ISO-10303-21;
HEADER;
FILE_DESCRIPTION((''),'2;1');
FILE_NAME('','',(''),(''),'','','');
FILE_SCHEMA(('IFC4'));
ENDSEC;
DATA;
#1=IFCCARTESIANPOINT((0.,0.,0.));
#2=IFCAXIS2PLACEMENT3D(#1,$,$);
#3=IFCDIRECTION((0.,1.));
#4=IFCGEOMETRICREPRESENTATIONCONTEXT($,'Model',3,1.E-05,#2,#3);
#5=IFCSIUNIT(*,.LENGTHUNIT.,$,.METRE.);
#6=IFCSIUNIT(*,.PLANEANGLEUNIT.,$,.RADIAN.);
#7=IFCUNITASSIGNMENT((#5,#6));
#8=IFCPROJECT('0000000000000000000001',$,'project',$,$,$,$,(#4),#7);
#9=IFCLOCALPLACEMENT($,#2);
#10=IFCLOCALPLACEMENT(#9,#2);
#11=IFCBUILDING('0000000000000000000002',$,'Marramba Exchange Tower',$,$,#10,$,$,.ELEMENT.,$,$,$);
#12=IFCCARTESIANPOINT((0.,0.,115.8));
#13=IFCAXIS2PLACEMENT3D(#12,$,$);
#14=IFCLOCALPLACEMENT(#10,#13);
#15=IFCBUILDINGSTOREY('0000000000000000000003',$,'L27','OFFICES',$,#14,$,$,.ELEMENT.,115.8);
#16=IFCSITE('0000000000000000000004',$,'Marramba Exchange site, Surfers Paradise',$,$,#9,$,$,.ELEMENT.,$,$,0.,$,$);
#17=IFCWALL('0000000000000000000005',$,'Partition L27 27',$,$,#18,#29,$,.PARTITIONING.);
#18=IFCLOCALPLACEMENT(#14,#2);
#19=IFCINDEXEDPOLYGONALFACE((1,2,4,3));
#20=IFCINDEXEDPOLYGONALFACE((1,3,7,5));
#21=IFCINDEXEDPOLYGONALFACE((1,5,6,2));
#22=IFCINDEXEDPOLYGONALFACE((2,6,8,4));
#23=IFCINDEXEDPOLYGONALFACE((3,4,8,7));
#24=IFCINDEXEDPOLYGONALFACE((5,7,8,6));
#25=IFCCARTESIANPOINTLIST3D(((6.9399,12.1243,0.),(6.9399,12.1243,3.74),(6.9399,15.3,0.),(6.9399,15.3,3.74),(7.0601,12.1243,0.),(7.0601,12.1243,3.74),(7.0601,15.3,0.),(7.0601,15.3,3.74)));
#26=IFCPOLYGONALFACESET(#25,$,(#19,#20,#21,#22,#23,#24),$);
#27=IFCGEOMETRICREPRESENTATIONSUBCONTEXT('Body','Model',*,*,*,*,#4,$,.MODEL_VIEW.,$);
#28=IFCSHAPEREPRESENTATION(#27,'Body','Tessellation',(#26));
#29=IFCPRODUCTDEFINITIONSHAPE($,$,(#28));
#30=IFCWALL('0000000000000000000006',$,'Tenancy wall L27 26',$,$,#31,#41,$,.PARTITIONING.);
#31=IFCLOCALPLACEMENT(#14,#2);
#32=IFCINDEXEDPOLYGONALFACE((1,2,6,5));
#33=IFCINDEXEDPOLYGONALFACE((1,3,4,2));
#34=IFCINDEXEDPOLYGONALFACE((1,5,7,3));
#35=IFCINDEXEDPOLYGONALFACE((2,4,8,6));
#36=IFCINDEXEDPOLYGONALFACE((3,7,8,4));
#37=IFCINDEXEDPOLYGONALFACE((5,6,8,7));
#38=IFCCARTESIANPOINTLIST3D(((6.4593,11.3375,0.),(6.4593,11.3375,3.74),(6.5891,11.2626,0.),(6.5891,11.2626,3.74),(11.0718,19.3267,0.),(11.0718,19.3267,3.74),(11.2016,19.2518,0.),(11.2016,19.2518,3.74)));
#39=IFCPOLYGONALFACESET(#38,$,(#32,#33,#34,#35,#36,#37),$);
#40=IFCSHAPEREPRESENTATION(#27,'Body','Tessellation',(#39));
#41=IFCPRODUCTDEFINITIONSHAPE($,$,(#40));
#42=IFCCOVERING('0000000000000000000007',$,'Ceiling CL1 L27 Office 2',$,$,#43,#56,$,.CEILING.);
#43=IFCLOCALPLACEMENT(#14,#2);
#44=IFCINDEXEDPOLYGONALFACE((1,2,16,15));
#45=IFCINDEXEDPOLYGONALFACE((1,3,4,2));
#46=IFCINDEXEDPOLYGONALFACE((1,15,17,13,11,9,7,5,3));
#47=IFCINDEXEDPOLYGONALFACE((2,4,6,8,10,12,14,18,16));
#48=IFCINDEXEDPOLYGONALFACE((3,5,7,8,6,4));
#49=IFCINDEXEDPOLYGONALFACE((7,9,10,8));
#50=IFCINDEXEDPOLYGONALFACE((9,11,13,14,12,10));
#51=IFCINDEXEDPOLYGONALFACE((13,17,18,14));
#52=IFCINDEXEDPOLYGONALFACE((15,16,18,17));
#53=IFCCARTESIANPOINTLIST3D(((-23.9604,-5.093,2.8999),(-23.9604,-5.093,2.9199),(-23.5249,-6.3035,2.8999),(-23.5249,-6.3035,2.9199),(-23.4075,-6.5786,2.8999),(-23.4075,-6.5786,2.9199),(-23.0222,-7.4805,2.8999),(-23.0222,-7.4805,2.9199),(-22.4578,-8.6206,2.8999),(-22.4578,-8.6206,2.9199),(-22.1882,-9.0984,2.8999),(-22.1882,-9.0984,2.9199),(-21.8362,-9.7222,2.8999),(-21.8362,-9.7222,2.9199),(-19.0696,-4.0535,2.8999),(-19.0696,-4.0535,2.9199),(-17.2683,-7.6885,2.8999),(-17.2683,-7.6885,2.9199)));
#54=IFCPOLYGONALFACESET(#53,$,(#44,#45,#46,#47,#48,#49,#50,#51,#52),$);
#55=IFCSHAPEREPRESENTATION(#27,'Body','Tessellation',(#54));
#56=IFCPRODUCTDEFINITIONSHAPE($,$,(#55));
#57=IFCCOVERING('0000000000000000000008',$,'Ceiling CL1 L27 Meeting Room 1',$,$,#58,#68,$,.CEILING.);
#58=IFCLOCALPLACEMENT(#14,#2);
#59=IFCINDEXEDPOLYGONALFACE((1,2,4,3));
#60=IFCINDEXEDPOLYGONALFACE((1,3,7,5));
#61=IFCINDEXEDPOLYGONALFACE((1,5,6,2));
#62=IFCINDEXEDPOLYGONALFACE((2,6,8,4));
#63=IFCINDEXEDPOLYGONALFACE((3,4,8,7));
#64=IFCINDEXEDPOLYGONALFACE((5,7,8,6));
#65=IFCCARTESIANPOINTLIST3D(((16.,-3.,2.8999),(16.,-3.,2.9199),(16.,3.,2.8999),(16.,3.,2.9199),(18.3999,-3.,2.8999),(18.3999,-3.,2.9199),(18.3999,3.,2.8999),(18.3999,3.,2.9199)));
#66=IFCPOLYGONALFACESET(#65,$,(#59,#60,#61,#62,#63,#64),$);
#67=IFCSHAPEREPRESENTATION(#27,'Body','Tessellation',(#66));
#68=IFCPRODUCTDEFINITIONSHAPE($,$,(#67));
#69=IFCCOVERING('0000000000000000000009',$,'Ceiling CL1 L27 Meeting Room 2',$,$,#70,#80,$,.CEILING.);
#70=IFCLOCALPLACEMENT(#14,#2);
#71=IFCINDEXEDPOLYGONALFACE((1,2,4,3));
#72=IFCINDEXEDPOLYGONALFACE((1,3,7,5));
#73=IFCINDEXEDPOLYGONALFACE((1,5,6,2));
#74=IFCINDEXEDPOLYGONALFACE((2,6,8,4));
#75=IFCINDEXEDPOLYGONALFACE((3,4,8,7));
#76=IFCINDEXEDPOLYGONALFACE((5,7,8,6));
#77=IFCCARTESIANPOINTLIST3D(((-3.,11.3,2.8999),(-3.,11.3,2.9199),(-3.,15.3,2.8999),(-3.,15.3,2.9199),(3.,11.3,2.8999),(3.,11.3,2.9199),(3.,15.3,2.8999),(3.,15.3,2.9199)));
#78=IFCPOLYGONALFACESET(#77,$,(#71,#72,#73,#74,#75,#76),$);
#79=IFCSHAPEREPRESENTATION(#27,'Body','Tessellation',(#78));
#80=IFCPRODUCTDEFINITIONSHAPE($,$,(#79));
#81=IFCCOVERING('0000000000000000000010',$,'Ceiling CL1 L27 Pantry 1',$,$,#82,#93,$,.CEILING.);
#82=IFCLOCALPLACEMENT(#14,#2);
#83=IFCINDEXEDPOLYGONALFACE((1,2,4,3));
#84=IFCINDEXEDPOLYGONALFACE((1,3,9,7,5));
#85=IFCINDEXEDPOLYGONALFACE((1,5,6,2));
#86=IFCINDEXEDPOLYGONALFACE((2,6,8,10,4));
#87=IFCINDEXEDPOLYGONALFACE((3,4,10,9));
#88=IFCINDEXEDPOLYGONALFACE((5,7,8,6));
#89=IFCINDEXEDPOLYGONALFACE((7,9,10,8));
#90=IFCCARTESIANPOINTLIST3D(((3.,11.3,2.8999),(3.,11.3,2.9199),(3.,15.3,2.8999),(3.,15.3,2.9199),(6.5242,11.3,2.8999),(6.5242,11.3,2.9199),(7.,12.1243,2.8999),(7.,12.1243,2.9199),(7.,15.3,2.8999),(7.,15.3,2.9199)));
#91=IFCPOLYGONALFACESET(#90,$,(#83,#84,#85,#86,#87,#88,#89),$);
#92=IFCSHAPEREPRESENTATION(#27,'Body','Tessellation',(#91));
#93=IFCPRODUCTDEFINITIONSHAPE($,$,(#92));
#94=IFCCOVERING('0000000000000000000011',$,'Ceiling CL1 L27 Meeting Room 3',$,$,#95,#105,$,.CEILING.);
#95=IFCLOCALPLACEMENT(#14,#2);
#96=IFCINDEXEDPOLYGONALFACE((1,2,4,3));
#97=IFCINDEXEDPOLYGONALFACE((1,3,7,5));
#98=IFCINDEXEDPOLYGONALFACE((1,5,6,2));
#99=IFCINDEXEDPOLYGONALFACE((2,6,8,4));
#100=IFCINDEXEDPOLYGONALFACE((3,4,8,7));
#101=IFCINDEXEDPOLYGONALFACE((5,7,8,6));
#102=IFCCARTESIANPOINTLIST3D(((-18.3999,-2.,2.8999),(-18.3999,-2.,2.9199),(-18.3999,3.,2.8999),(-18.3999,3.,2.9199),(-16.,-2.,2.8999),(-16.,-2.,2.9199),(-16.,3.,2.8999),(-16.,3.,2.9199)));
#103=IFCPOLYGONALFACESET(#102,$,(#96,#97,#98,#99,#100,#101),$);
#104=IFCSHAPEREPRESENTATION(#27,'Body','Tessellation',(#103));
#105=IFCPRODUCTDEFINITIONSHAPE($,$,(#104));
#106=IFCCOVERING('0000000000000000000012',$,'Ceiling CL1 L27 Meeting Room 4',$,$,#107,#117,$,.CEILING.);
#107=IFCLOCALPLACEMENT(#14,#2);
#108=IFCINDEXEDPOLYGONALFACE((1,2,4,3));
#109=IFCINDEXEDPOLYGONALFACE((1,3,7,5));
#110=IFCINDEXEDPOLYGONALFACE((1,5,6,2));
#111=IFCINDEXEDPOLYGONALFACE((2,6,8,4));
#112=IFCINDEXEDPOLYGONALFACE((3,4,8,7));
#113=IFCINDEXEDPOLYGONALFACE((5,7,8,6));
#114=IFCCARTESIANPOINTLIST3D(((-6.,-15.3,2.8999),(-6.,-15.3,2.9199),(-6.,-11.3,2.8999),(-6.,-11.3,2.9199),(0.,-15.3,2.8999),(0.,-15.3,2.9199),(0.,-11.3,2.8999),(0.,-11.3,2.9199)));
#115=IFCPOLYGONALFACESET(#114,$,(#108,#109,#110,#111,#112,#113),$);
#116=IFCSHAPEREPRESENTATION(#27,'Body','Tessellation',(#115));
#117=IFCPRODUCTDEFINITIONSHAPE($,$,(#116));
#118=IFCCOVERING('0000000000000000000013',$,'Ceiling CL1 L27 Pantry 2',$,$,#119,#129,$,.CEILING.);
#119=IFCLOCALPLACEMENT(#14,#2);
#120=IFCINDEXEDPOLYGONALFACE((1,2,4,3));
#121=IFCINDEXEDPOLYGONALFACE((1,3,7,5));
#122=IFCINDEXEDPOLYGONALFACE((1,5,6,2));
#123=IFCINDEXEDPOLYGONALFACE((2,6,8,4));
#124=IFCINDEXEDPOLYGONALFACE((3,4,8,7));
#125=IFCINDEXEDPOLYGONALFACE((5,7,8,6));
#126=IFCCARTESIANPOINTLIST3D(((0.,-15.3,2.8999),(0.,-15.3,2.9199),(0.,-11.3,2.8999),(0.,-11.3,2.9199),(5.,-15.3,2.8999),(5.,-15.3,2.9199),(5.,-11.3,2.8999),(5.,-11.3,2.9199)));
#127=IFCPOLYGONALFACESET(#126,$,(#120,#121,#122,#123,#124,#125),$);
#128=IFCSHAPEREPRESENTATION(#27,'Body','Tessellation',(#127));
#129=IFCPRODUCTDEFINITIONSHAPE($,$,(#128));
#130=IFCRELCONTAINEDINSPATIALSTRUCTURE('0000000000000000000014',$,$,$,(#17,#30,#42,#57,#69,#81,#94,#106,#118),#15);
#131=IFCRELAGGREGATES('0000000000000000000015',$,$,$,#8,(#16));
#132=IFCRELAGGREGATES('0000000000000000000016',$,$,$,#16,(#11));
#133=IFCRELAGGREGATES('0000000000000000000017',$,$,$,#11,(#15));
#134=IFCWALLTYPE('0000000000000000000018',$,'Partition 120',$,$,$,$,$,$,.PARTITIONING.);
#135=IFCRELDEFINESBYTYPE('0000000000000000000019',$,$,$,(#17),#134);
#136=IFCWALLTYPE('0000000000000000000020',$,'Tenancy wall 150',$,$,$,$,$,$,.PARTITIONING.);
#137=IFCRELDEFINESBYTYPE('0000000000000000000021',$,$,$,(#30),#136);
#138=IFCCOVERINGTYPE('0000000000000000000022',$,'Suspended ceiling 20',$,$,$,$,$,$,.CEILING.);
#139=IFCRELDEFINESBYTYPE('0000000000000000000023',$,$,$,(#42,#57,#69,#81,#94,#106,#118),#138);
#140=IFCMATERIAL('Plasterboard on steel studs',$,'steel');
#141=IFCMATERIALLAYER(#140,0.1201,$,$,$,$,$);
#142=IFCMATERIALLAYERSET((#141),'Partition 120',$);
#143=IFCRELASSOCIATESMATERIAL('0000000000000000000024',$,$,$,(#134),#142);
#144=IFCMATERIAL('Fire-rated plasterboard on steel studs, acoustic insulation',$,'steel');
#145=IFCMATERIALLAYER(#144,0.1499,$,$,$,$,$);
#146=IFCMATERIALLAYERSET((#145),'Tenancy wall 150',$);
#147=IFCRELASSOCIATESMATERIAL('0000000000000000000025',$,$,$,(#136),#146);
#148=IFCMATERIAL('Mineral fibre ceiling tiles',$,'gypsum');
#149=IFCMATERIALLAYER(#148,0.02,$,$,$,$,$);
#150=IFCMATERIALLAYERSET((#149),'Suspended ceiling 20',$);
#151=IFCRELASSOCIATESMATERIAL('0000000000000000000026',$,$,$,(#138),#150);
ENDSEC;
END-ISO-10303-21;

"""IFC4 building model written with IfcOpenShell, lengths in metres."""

from ifc_helpers import new_model, si_unit, direction, frame, frame_2d, origin, place, context, subcontext, project, spatial, polyline, rectangle, outline, extrude, material, layer, layer_set, type_object, element, save


model = new_model("IFC4")

# Units and contexts
model_context = context("Model", 3, precision=1e-05, world=origin(), true_north=direction((0.0, 1.0)))
body_context = subcontext(model_context, "Body", "Model", "MODEL_VIEW")
ifc_project = project(units=[si_unit("LENGTHUNIT", "METRE"), si_unit("PLANEANGLEUNIT", "RADIAN")], contexts=[model_context])

# Site, building, storey
site_placement = place(None, origin())
site = spatial("IfcSite", under=ifc_project, at=site_placement, Name="Marramba Exchange site, Surfers Paradise", CompositionType="ELEMENT", RefElevation=0.0)
building_placement = place(site_placement, origin())
building = spatial("IfcBuilding", under=site, at=building_placement, Name="Marramba Exchange Tower", CompositionType="ELEMENT")
storey_placement = place(building_placement, frame((0.0, 0.0, 115.8)))
storey = spatial("IfcBuildingStorey", under=building, at=storey_placement, Name="L27", Description="OFFICES", CompositionType="ELEMENT", Elevation=115.8)

# Walls
ifc_material_1 = material(Name="Plasterboard on steel studs", Category="steel")
ifc_layer_1 = layer(ifc_material_1, 0.1201)
ifc_layer_set_1 = layer_set([ifc_layer_1], Name="Partition 120")
wall_type_1 = type_object("IfcWallType", Name="Partition 120", PredefinedType="PARTITIONING", material=ifc_layer_set_1)
wall_1_placement = place(storey_placement, frame((7.0, 12.1243, 0.0), z_axis=(0.0, 0.0, 1.0), x_axis=(0.0, 1.0, 0.0)))
element("IfcWall", 1, at=wall_1_placement, inside=storey, type_object=wall_type_1, Name="Partition L27 27", PredefinedType="PARTITIONING", context=body_context, shape_type="SweptSolid", body=[
    extrude(rectangle(XDim=3.1758, YDim=0.1201, at=frame_2d((1.5879, 0.0))), origin(), (0.0, 0.0, 1.0), 3.74),
])
ifc_material_2 = material(Name="Fire-rated plasterboard on steel studs, acoustic insulation", Category="steel")
ifc_layer_2 = layer(ifc_material_2, 0.1499)
ifc_layer_set_2 = layer_set([ifc_layer_2], Name="Tenancy wall 150")
wall_type_2 = type_object("IfcWallType", Name="Tenancy wall 150", PredefinedType="PARTITIONING", material=ifc_layer_set_2)
wall_2_placement = place(storey_placement, frame((6.5242, 11.3, 0.0), z_axis=(0.0, 0.0, 1.0), x_axis=(0.499996, 0.866028, 0.0)))
element("IfcWall", 2, at=wall_2_placement, inside=storey, type_object=wall_type_2, Name="Tenancy wall L27 26", PredefinedType="PARTITIONING", context=body_context, shape_type="SweptSolid", body=[
    extrude(rectangle(XDim=9.2251, YDim=0.1499, at=frame_2d((4.6125, 0.0))), origin(), (0.0, 0.0, 1.0), 3.74),
])

# Coverings
ifc_material_3 = material(Name="Mineral fibre ceiling tiles", Category="gypsum")
ifc_layer_3 = layer(ifc_material_3, 0.02)
ifc_layer_set_3 = layer_set([ifc_layer_3], Name="Suspended ceiling 20")
covering_type = type_object("IfcCoveringType", Name="Suspended ceiling 20", PredefinedType="CEILING", material=ifc_layer_set_3)
covering_1_placement = place(storey_placement, frame((0.0, 0.0, 2.8999)))
element("IfcCovering", 3, at=covering_1_placement, inside=storey, type_object=covering_type, Name="Ceiling CL1 L27 Office 2", PredefinedType="CEILING", context=body_context, shape_type="SweptSolid", body=[
    extrude(outline(polyline([(-22.1882, -9.0984), (-22.4578, -8.6206), (-23.0222, -7.4805), (-23.4075, -6.5786), (-23.5249, -6.3035), (-23.9604, -5.093), (-19.0696, -4.0535), (-17.2683, -7.6885), (-21.8362, -9.7222), (-22.1882, -9.0984)])), origin(), (0.0, 0.0, 1.0), 0.02),
])
covering_2_placement = place(storey_placement, frame((0.0, 0.0, 2.8999)))
element("IfcCovering", 4, at=covering_2_placement, inside=storey, type_object=covering_type, Name="Ceiling CL1 L27 Meeting Room 1", PredefinedType="CEILING", context=body_context, shape_type="SweptSolid", body=[
    extrude(outline(polyline([(18.3999, -3.0), (16.0, -3.0), (16.0, 3.0), (18.3999, 3.0), (18.3999, -3.0)])), origin(), (0.0, 0.0, 1.0), 0.02),
])
covering_3_placement = place(storey_placement, frame((0.0, 0.0, 2.8999)))
element("IfcCovering", 5, at=covering_3_placement, inside=storey, type_object=covering_type, Name="Ceiling CL1 L27 Meeting Room 2", PredefinedType="CEILING", context=body_context, shape_type="SweptSolid", body=[
    extrude(outline(polyline([(3.0, 11.3), (-3.0, 11.3), (-3.0, 15.3), (3.0, 15.3), (3.0, 11.3)])), origin(), (0.0, 0.0, 1.0), 0.02),
])
covering_4_placement = place(storey_placement, frame((0.0, 0.0, 2.8999)))
element("IfcCovering", 6, at=covering_4_placement, inside=storey, type_object=covering_type, Name="Ceiling CL1 L27 Pantry 1", PredefinedType="CEILING", context=body_context, shape_type="SweptSolid", body=[
    extrude(outline(polyline([(7.0, 12.1243), (6.5242, 11.3), (3.0, 11.3), (3.0, 15.3), (7.0, 15.3), (7.0, 12.1243)])), origin(), (0.0, 0.0, 1.0), 0.02),
])
covering_5_placement = place(storey_placement, frame((0.0, 0.0, 2.8999)))
element("IfcCovering", 7, at=covering_5_placement, inside=storey, type_object=covering_type, Name="Ceiling CL1 L27 Meeting Room 3", PredefinedType="CEILING", context=body_context, shape_type="SweptSolid", body=[
    extrude(outline(polyline([(-16.0, -2.0), (-18.3999, -2.0), (-18.3999, 3.0), (-16.0, 3.0), (-16.0, -2.0)])), origin(), (0.0, 0.0, 1.0), 0.02),
])
covering_6_placement = place(storey_placement, frame((0.0, 0.0, 2.8999)))
element("IfcCovering", 8, at=covering_6_placement, inside=storey, type_object=covering_type, Name="Ceiling CL1 L27 Meeting Room 4", PredefinedType="CEILING", context=body_context, shape_type="SweptSolid", body=[
    extrude(outline(polyline([(0.0, -15.3), (-6.0, -15.3), (-6.0, -11.3), (0.0, -11.3), (0.0, -15.3)])), origin(), (0.0, 0.0, 1.0), 0.02),
])
covering_7_placement = place(storey_placement, frame((0.0, 0.0, 2.8999)))
element("IfcCovering", 9, at=covering_7_placement, inside=storey, type_object=covering_type, Name="Ceiling CL1 L27 Pantry 2", PredefinedType="CEILING", context=body_context, shape_type="SweptSolid", body=[
    extrude(outline(polyline([(5.0, -15.3), (0.0, -15.3), (0.0, -11.3), (5.0, -11.3), (5.0, -15.3)])), origin(), (0.0, 0.0, 1.0), 0.02),
])

save(model, "model.ifc")
